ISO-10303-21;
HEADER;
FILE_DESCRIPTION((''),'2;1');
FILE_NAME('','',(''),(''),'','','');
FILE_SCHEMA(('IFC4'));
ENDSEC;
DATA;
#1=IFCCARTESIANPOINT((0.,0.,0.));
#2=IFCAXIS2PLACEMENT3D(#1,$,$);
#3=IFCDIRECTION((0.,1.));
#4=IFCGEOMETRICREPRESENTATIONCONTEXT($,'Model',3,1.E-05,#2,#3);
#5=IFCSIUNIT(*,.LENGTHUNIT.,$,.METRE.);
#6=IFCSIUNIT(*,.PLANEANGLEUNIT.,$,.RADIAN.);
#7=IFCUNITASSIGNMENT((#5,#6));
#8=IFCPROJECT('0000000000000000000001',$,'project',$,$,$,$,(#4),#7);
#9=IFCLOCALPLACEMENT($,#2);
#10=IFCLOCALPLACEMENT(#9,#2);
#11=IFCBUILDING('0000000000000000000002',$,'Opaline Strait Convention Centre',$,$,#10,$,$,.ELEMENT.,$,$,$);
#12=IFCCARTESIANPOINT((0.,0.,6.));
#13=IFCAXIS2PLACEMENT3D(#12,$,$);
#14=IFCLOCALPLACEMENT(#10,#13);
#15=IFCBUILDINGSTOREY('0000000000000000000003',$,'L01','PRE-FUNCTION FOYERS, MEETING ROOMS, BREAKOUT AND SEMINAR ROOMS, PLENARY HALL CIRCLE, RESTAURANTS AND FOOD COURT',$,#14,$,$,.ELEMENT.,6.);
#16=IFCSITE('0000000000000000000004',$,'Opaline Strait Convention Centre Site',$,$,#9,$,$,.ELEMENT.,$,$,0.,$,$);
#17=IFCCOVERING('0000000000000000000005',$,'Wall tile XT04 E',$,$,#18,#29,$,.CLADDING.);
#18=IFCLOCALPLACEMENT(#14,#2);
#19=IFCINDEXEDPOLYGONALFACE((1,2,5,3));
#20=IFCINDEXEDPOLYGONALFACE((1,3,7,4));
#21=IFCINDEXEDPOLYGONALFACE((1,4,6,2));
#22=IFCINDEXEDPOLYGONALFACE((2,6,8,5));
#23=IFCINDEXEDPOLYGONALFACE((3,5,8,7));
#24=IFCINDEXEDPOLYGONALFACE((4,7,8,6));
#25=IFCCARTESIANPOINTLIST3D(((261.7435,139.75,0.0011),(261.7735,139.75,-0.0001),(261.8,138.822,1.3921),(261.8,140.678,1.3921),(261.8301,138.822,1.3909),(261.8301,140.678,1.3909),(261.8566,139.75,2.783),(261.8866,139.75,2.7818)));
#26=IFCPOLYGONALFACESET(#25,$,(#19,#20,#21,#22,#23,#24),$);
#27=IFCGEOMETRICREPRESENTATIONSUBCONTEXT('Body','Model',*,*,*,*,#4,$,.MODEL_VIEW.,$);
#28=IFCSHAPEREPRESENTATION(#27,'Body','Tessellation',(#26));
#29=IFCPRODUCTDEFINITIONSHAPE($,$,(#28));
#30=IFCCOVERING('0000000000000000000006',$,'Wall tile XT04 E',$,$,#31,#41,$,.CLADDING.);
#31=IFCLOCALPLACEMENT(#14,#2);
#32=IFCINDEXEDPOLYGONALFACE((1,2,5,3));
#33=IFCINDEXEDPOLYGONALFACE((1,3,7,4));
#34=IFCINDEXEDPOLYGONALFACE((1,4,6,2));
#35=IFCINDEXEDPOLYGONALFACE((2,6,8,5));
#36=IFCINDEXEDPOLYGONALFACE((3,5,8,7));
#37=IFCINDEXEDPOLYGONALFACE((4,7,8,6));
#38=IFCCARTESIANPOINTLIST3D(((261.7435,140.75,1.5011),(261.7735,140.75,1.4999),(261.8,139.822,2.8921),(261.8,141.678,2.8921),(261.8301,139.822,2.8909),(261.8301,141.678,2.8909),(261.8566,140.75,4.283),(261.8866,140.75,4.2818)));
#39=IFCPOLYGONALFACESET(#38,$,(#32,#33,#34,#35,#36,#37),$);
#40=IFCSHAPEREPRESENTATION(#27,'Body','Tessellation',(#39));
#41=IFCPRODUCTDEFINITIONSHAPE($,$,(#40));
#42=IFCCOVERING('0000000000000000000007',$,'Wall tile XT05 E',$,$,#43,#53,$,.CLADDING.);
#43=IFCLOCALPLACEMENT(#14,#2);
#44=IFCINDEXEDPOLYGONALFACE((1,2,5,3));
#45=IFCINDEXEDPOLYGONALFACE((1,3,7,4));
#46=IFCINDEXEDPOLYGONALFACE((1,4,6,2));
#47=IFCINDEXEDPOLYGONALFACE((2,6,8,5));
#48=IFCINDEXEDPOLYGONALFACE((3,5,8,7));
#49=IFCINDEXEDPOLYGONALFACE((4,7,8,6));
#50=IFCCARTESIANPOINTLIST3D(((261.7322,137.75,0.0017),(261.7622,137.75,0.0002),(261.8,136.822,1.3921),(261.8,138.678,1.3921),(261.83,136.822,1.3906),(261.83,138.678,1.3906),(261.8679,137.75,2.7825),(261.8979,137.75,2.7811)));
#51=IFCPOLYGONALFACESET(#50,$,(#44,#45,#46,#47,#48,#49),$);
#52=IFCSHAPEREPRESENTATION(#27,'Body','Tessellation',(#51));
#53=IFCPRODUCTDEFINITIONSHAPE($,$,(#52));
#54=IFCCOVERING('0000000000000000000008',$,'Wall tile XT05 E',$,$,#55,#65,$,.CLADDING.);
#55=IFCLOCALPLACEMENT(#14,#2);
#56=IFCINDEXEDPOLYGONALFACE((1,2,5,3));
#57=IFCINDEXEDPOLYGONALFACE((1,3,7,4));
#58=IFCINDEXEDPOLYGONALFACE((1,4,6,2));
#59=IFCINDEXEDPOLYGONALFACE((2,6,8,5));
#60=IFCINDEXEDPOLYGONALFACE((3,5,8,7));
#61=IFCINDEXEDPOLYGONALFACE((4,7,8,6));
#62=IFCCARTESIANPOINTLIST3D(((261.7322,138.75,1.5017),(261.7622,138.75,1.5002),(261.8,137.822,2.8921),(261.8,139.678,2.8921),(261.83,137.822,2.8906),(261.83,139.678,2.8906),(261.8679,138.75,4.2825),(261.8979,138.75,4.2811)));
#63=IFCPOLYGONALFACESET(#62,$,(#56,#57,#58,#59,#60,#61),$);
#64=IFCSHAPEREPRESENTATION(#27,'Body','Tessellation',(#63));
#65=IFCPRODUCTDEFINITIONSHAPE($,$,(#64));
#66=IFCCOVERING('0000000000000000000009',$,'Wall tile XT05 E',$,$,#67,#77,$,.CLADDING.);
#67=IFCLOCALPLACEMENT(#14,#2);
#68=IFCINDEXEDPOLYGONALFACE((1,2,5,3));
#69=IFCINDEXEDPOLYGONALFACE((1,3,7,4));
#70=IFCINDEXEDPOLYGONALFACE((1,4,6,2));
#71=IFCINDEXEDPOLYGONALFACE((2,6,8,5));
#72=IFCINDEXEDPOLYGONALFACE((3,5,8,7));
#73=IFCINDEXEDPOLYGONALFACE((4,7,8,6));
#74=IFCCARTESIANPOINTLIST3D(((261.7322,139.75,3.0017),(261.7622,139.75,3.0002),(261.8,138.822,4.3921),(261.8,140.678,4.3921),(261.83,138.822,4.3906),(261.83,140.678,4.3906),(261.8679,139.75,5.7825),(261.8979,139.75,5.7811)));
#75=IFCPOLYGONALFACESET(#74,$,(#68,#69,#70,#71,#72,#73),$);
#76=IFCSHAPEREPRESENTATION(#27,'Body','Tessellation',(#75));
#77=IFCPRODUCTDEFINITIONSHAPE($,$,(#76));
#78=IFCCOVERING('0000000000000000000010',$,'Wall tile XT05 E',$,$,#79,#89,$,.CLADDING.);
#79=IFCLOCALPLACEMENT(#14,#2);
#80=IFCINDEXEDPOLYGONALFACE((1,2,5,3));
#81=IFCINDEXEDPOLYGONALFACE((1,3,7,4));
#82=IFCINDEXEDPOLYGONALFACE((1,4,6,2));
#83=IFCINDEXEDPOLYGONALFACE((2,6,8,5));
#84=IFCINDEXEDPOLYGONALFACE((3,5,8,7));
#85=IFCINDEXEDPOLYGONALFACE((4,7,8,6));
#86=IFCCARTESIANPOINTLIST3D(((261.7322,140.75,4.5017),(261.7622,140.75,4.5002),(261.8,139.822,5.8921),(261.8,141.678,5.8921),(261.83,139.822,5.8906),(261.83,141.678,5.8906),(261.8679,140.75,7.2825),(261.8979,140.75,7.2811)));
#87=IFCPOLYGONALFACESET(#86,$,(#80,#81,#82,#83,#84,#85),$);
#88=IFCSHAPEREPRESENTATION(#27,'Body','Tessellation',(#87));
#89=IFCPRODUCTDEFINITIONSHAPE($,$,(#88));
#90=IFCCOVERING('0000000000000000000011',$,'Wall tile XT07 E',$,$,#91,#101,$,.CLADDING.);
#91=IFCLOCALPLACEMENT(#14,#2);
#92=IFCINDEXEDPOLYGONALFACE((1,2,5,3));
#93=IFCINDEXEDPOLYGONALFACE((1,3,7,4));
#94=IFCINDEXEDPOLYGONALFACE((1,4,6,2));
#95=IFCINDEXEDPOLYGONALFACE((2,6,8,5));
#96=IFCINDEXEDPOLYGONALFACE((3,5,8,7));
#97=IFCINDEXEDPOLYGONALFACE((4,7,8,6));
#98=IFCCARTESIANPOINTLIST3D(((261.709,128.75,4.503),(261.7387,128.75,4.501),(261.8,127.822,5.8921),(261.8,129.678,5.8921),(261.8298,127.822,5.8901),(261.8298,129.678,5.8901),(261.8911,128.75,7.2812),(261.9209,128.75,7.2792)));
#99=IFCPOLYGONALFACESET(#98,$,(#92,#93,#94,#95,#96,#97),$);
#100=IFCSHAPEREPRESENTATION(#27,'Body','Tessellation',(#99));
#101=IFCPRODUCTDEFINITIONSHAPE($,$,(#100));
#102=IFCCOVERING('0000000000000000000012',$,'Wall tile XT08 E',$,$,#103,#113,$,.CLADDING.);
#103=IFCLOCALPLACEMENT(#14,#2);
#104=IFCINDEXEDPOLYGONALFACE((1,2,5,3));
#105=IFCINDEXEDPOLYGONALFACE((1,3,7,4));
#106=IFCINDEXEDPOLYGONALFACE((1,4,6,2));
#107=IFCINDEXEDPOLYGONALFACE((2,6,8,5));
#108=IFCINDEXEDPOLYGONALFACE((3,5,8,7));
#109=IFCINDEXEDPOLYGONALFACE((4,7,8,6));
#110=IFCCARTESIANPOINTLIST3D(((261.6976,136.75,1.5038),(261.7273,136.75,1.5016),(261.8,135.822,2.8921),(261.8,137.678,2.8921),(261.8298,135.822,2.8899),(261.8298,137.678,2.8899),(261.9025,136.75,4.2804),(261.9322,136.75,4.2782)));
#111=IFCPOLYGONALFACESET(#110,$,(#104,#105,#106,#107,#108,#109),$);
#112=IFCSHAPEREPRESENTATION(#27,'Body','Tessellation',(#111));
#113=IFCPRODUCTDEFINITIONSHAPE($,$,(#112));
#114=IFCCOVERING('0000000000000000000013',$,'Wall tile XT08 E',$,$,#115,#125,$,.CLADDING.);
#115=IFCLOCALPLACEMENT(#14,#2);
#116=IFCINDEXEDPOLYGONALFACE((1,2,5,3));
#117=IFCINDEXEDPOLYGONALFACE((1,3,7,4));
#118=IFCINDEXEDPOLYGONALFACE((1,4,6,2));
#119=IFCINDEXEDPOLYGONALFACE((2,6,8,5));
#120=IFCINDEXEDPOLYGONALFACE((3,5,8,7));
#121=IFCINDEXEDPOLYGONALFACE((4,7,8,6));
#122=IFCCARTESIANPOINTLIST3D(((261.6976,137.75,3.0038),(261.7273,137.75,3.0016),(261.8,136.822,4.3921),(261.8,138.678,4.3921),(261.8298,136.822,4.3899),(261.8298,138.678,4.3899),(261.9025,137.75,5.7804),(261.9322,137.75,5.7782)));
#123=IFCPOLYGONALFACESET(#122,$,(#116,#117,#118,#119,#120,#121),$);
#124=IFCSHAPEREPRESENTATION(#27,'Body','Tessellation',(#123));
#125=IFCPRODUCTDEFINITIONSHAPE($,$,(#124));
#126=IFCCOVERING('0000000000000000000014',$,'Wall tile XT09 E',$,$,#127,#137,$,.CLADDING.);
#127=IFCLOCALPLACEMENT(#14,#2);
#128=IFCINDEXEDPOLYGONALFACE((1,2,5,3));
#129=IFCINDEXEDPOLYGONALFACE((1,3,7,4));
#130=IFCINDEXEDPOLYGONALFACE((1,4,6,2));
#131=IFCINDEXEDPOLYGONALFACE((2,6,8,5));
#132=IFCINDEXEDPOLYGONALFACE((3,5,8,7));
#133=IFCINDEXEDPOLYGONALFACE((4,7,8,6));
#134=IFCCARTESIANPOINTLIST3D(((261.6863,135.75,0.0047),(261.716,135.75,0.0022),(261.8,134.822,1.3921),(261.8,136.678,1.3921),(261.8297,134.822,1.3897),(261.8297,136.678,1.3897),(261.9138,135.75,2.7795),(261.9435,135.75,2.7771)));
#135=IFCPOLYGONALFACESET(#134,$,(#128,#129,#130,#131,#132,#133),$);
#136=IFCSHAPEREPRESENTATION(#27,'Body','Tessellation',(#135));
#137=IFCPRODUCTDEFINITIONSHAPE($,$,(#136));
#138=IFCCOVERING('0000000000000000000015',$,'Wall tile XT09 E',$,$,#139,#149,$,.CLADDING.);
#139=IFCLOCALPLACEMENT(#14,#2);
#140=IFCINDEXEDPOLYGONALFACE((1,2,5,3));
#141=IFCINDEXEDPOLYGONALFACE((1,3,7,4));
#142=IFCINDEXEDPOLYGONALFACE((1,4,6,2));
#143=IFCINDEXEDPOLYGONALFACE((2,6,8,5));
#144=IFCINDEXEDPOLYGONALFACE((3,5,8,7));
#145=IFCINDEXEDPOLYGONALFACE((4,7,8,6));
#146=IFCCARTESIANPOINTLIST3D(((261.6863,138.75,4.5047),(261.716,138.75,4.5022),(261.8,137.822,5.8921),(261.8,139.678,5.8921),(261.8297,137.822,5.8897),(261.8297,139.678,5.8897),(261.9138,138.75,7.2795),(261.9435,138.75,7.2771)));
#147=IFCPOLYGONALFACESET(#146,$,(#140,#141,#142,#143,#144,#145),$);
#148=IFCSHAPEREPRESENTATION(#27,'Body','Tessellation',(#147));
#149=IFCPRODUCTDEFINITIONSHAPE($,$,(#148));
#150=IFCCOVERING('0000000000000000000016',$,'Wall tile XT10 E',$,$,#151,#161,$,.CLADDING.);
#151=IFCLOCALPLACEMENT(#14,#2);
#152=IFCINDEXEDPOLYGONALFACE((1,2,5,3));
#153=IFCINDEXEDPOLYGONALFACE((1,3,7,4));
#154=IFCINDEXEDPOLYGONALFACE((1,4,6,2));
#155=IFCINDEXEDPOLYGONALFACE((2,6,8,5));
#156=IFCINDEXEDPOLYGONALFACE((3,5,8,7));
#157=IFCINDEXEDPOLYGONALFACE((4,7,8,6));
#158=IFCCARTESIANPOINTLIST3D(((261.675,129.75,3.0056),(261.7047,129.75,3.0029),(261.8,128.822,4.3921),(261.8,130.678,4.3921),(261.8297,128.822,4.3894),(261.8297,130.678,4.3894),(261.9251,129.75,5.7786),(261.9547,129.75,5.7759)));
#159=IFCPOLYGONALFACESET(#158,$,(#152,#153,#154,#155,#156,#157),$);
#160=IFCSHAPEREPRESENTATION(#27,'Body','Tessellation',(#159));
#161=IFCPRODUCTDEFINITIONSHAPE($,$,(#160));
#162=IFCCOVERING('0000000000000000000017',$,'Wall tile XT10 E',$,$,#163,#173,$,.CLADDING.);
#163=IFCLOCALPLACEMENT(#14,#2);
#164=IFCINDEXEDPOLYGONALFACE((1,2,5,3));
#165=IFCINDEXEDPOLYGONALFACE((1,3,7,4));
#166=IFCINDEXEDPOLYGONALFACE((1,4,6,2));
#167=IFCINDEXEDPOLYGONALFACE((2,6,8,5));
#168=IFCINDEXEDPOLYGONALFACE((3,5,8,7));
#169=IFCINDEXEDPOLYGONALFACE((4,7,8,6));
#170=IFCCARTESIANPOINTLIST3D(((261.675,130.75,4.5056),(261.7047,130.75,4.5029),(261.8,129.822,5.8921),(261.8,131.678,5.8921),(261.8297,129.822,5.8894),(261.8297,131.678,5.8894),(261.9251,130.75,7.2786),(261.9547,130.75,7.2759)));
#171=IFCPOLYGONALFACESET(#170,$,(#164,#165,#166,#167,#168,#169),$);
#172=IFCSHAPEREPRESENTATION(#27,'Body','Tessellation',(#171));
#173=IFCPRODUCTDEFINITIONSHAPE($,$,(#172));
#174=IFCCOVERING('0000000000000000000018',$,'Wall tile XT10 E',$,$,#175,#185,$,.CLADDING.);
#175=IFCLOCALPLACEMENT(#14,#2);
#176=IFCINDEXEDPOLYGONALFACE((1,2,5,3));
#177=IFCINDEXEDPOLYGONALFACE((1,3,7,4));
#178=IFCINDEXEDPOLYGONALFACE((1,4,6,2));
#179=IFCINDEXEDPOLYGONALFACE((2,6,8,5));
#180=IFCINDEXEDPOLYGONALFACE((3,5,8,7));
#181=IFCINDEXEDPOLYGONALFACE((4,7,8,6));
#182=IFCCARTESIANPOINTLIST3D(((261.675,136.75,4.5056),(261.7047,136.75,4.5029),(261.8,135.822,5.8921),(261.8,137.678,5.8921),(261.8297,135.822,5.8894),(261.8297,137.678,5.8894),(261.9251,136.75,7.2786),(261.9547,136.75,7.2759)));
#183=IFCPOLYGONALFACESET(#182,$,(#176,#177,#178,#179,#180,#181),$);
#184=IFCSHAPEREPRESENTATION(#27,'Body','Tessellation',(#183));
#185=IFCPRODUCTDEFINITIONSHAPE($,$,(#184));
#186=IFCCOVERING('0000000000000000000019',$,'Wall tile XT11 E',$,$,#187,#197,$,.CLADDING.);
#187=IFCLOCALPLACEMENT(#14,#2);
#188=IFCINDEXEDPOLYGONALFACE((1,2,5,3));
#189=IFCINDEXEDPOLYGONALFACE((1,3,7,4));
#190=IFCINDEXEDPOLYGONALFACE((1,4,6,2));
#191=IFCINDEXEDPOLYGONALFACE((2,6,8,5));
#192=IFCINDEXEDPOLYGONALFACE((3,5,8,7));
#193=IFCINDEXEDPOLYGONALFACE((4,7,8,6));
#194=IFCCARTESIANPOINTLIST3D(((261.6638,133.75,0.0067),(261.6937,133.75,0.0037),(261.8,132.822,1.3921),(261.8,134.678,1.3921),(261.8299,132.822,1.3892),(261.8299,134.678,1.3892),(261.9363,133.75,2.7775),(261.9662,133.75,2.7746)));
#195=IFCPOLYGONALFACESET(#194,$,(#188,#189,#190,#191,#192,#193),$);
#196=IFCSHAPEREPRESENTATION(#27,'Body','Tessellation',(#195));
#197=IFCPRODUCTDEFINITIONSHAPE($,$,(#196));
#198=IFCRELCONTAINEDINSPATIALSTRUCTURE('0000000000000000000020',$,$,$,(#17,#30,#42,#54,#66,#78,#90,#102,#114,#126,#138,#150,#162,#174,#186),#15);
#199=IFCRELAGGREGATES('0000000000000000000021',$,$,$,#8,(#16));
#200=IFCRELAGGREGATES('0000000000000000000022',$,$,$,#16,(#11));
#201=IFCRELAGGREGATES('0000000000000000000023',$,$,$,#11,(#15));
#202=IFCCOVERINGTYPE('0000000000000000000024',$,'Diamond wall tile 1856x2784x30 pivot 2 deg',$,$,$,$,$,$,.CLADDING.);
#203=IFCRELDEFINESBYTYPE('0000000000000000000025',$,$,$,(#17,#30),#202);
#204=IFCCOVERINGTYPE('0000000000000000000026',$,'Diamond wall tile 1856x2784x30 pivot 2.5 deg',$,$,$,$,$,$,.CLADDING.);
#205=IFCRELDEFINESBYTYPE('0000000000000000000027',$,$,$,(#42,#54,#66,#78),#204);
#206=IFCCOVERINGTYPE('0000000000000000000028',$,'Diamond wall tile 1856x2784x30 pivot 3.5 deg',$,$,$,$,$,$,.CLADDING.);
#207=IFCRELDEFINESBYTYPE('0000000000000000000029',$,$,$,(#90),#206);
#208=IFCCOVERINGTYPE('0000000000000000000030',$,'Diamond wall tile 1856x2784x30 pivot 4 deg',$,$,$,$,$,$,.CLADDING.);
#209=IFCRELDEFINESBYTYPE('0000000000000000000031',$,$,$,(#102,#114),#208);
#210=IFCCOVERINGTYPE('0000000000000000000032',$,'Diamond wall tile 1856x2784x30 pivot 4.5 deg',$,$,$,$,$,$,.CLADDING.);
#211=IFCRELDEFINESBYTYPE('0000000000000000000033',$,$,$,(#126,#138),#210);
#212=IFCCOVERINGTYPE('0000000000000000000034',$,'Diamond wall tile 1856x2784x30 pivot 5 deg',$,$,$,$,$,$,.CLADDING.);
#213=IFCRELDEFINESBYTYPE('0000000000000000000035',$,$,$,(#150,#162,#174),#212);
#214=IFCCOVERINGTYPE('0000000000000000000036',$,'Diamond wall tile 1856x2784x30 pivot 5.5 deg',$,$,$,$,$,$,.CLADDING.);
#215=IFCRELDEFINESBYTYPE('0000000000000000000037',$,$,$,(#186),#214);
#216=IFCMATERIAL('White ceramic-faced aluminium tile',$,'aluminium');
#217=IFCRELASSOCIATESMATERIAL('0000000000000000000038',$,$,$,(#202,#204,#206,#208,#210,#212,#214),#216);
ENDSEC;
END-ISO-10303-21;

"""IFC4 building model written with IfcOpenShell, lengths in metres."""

from ifc_helpers import new_model, si_unit, direction, frame, origin, place, context, subcontext, project, spatial, polyline, outline, extrude, material, material_profile, profile_set, type_object, element, save


model = new_model("IFC4")

# Units and contexts
model_context = context("Model", 3, precision=1e-05, world=origin(), true_north=direction((0.0, 1.0)))
body_context = subcontext(model_context, "Body", "Model", "MODEL_VIEW")
ifc_project = project(units=[si_unit("LENGTHUNIT", "METRE"), si_unit("PLANEANGLEUNIT", "RADIAN")], contexts=[model_context])

# Site, building, storey
site_placement = place(None, origin())
site = spatial("IfcSite", under=ifc_project, at=site_placement, Name="Opaline Strait Convention Centre Site", CompositionType="ELEMENT", RefElevation=0.0)
building_placement = place(site_placement, origin())
building = spatial("IfcBuilding", under=site, at=building_placement, Name="Opaline Strait Convention Centre", CompositionType="ELEMENT")
storey_placement = place(building_placement, frame((0.0, 0.0, 6.0)))
storey = spatial("IfcBuildingStorey", under=building, at=storey_placement, Name="L01", Description="PRE-FUNCTION FOYERS, MEETING ROOMS, BREAKOUT AND SEMINAR ROOMS, PLENARY HALL CIRCLE, RESTAURANTS AND FOOD COURT", CompositionType="ELEMENT", Elevation=6.0)

# Coverings
ifc_material = material(Name="White ceramic-faced aluminium tile", Category="aluminium")
ifc_material_profile_1 = material_profile(ifc_material, outline(polyline([(0.928, 0.0), (0.0, 1.3921), (-0.928, 0.0), (0.0, -1.3921), (0.928, 0.0)])), Name="Diamond tile 1856x2784")
ifc_profile_set_1 = profile_set([ifc_material_profile_1], Name="White ceramic-faced aluminium tile")
covering_type_1 = type_object("IfcCoveringType", Name="Diamond wall tile 1856x2784x30 pivot 2 deg", PredefinedType="CLADDING", material=ifc_profile_set_1)
for number, where, z_axis, x_axis, name in (
    (1, (261.8, 139.75, 1.3921), (0.999175, 0.0, -0.040617), (0.0, 1.0, 0.0), "Wall tile XT04 E"),
    (2, (261.8, 140.75, 2.8921), (0.999175, 0.0, -0.040617), (0.0, 1.0, 0.0), "Wall tile XT04 E"),
):
    element("IfcCovering", number, at=place(storey_placement, frame(where, z_axis=z_axis, x_axis=x_axis)), inside=storey, type_object=covering_type_1, Name=name, PredefinedType="CLADDING", context=body_context, shape_type="SweptSolid", body=[
        extrude(outline(polyline([(0.928, 0.0), (0.0, 1.3921), (-0.928, 0.0), (0.0, -1.3921), (0.928, 0.0)])), origin(), (0.0, 0.0, 1.0), 0.03),
    ])
ifc_material_profile_2 = material_profile(ifc_material, outline(polyline([(0.928, 0.0), (0.0, 1.3921), (-0.928, 0.0), (0.0, -1.3921), (0.928, 0.0)])), Name="Diamond tile 1856x2784")
ifc_profile_set_2 = profile_set([ifc_material_profile_2], Name="White ceramic-faced aluminium tile")
covering_type_2 = type_object("IfcCoveringType", Name="Diamond wall tile 1856x2784x30 pivot 2.5 deg", PredefinedType="CLADDING", material=ifc_profile_set_2)
for number, where, z_axis, x_axis, name in (
    (3, (261.8, 137.75, 1.3921), (0.998812, 0.0, -0.048723), (0.0, 1.0, 0.0), "Wall tile XT05 E"),
    (4, (261.8, 138.75, 2.8921), (0.998812, 0.0, -0.048723), (0.0, 1.0, 0.0), "Wall tile XT05 E"),
    (5, (261.8, 139.75, 4.3921), (0.998812, 0.0, -0.048723), (0.0, 1.0, 0.0), "Wall tile XT05 E"),
    (6, (261.8, 140.75, 5.8921), (0.998812, 0.0, -0.048723), (0.0, 1.0, 0.0), "Wall tile XT05 E"),
):
    element("IfcCovering", number, at=place(storey_placement, frame(where, z_axis=z_axis, x_axis=x_axis)), inside=storey, type_object=covering_type_2, Name=name, PredefinedType="CLADDING", context=body_context, shape_type="SweptSolid", body=[
        extrude(outline(polyline([(0.928, 0.0), (0.0, 1.3921), (-0.928, 0.0), (0.0, -1.3921), (0.928, 0.0)])), origin(), (0.0, 0.0, 1.0), 0.03),
    ])
ifc_material_profile_3 = material_profile(ifc_material, outline(polyline([(0.928, 0.0), (0.0, 1.3921), (-0.928, 0.0), (0.0, -1.3921), (0.928, 0.0)])), Name="Diamond tile 1856x2784")
ifc_profile_set_3 = profile_set([ifc_material_profile_3], Name="White ceramic-faced aluminium tile")
covering_type_3 = type_object("IfcCoveringType", Name="Diamond wall tile 1856x2784x30 pivot 3.5 deg", PredefinedType="CLADDING", material=ifc_profile_set_3)
covering_placement = place(storey_placement, frame((261.8, 128.75, 5.8921), z_axis=(0.997857, 0.0, -0.065433), x_axis=(0.0, 1.0, 0.0)))
element("IfcCovering", 7, at=covering_placement, inside=storey, type_object=covering_type_3, Name="Wall tile XT07 E", PredefinedType="CLADDING", context=body_context, shape_type="SweptSolid", body=[
    extrude(outline(polyline([(0.928, 0.0), (0.0, 1.3921), (-0.928, 0.0), (0.0, -1.3921), (0.928, 0.0)])), origin(), (0.0, 0.0, 1.0), 0.0298),
])
ifc_material_profile_4 = material_profile(ifc_material, outline(polyline([(0.928, 0.0), (0.0, 1.3921), (-0.928, 0.0), (0.0, -1.3921), (0.928, 0.0)])), Name="Diamond tile 1856x2784")
ifc_profile_set_4 = profile_set([ifc_material_profile_4], Name="White ceramic-faced aluminium tile")
covering_type_4 = type_object("IfcCoveringType", Name="Diamond wall tile 1856x2784x30 pivot 4 deg", PredefinedType="CLADDING", material=ifc_profile_set_4)
for number, where, z_axis, x_axis, name in (
    (8, (261.8, 136.75, 2.8921), (0.99729, 0.0, -0.073571), (0.0, 1.0, 0.0), "Wall tile XT08 E"),
    (9, (261.8, 137.75, 4.3921), (0.99729, 0.0, -0.073571), (0.0, 1.0, 0.0), "Wall tile XT08 E"),
):
    element("IfcCovering", number, at=place(storey_placement, frame(where, z_axis=z_axis, x_axis=x_axis)), inside=storey, type_object=covering_type_4, Name=name, PredefinedType="CLADDING", context=body_context, shape_type="SweptSolid", body=[
        extrude(outline(polyline([(0.928, 0.0), (0.0, 1.3921), (-0.928, 0.0), (0.0, -1.3921), (0.928, 0.0)])), origin(), (0.0, 0.0, 1.0), 0.0298),
    ])
ifc_material_profile_5 = material_profile(ifc_material, outline(polyline([(0.928, 0.0), (0.0, 1.3921), (-0.928, 0.0), (0.0, -1.3921), (0.928, 0.0)])), Name="Diamond tile 1856x2784")
ifc_profile_set_5 = profile_set([ifc_material_profile_5], Name="White ceramic-faced aluminium tile")
covering_type_5 = type_object("IfcCoveringType", Name="Diamond wall tile 1856x2784x30 pivot 4.5 deg", PredefinedType="CLADDING", material=ifc_profile_set_5)
for number, where, z_axis, x_axis, name in (
    (10, (261.8, 135.75, 1.3921), (0.996658, 0.0, -0.081693), (0.0, 1.0, 0.0), "Wall tile XT09 E"),
    (11, (261.8, 138.75, 5.8921), (0.996658, 0.0, -0.081693), (0.0, 1.0, 0.0), "Wall tile XT09 E"),
):
    element("IfcCovering", number, at=place(storey_placement, frame(where, z_axis=z_axis, x_axis=x_axis)), inside=storey, type_object=covering_type_5, Name=name, PredefinedType="CLADDING", context=body_context, shape_type="SweptSolid", body=[
        extrude(outline(polyline([(0.928, 0.0), (0.0, 1.3921), (-0.928, 0.0), (0.0, -1.3921), (0.928, 0.0)])), origin(), (0.0, 0.0, 1.0), 0.0298),
    ])
ifc_material_profile_6 = material_profile(ifc_material, outline(polyline([(0.928, 0.0), (0.0, 1.3921), (-0.928, 0.0), (0.0, -1.3921), (0.928, 0.0)])), Name="Diamond tile 1856x2784")
ifc_profile_set_6 = profile_set([ifc_material_profile_6], Name="White ceramic-faced aluminium tile")
covering_type_6 = type_object("IfcCoveringType", Name="Diamond wall tile 1856x2784x30 pivot 5 deg", PredefinedType="CLADDING", material=ifc_profile_set_6)
for number, where, z_axis, x_axis, name in (
    (12, (261.8, 129.75, 4.3921), (0.99596, 0.0, -0.0898), (0.0, 1.0, 0.0), "Wall tile XT10 E"),
    (13, (261.8, 130.75, 5.8921), (0.99596, 0.0, -0.0898), (0.0, 1.0, 0.0), "Wall tile XT10 E"),
    (14, (261.8, 136.75, 5.8921), (0.99596, 0.0, -0.0898), (0.0, 1.0, 0.0), "Wall tile XT10 E"),
):
    element("IfcCovering", number, at=place(storey_placement, frame(where, z_axis=z_axis, x_axis=x_axis)), inside=storey, type_object=covering_type_6, Name=name, PredefinedType="CLADDING", context=body_context, shape_type="SweptSolid", body=[
        extrude(outline(polyline([(0.928, 0.0), (0.0, 1.3921), (-0.928, 0.0), (0.0, -1.3921), (0.928, 0.0)])), origin(), (0.0, 0.0, 1.0), 0.0298),
    ])
ifc_material_profile_7 = material_profile(ifc_material, outline(polyline([(0.928, 0.0), (0.0, 1.3921), (-0.928, 0.0), (0.0, -1.3921), (0.928, 0.0)])), Name="Diamond tile 1856x2784")
ifc_profile_set_7 = profile_set([ifc_material_profile_7], Name="White ceramic-faced aluminium tile")
covering_type_7 = type_object("IfcCoveringType", Name="Diamond wall tile 1856x2784x30 pivot 5.5 deg", PredefinedType="CLADDING", material=ifc_profile_set_7)
for number, where, z_axis, x_axis, name in (
    (15, (261.8, 133.75, 1.3921), (0.995197, 0.0, -0.097888), (0.0, 1.0, 0.0), "Wall tile XT11 E"),
):
    element("IfcCovering", number, at=place(storey_placement, frame(where, z_axis=z_axis, x_axis=x_axis)), inside=storey, type_object=covering_type_7, Name=name, PredefinedType="CLADDING", context=body_context, shape_type="SweptSolid", body=[
        extrude(outline(polyline([(0.928, 0.0), (0.0, 1.3921), (-0.928, 0.0), (0.0, -1.3921), (0.928, 0.0)])), origin(), (0.0, 0.0, 1.0), 0.03),
    ])

save(model, "model.ifc")
